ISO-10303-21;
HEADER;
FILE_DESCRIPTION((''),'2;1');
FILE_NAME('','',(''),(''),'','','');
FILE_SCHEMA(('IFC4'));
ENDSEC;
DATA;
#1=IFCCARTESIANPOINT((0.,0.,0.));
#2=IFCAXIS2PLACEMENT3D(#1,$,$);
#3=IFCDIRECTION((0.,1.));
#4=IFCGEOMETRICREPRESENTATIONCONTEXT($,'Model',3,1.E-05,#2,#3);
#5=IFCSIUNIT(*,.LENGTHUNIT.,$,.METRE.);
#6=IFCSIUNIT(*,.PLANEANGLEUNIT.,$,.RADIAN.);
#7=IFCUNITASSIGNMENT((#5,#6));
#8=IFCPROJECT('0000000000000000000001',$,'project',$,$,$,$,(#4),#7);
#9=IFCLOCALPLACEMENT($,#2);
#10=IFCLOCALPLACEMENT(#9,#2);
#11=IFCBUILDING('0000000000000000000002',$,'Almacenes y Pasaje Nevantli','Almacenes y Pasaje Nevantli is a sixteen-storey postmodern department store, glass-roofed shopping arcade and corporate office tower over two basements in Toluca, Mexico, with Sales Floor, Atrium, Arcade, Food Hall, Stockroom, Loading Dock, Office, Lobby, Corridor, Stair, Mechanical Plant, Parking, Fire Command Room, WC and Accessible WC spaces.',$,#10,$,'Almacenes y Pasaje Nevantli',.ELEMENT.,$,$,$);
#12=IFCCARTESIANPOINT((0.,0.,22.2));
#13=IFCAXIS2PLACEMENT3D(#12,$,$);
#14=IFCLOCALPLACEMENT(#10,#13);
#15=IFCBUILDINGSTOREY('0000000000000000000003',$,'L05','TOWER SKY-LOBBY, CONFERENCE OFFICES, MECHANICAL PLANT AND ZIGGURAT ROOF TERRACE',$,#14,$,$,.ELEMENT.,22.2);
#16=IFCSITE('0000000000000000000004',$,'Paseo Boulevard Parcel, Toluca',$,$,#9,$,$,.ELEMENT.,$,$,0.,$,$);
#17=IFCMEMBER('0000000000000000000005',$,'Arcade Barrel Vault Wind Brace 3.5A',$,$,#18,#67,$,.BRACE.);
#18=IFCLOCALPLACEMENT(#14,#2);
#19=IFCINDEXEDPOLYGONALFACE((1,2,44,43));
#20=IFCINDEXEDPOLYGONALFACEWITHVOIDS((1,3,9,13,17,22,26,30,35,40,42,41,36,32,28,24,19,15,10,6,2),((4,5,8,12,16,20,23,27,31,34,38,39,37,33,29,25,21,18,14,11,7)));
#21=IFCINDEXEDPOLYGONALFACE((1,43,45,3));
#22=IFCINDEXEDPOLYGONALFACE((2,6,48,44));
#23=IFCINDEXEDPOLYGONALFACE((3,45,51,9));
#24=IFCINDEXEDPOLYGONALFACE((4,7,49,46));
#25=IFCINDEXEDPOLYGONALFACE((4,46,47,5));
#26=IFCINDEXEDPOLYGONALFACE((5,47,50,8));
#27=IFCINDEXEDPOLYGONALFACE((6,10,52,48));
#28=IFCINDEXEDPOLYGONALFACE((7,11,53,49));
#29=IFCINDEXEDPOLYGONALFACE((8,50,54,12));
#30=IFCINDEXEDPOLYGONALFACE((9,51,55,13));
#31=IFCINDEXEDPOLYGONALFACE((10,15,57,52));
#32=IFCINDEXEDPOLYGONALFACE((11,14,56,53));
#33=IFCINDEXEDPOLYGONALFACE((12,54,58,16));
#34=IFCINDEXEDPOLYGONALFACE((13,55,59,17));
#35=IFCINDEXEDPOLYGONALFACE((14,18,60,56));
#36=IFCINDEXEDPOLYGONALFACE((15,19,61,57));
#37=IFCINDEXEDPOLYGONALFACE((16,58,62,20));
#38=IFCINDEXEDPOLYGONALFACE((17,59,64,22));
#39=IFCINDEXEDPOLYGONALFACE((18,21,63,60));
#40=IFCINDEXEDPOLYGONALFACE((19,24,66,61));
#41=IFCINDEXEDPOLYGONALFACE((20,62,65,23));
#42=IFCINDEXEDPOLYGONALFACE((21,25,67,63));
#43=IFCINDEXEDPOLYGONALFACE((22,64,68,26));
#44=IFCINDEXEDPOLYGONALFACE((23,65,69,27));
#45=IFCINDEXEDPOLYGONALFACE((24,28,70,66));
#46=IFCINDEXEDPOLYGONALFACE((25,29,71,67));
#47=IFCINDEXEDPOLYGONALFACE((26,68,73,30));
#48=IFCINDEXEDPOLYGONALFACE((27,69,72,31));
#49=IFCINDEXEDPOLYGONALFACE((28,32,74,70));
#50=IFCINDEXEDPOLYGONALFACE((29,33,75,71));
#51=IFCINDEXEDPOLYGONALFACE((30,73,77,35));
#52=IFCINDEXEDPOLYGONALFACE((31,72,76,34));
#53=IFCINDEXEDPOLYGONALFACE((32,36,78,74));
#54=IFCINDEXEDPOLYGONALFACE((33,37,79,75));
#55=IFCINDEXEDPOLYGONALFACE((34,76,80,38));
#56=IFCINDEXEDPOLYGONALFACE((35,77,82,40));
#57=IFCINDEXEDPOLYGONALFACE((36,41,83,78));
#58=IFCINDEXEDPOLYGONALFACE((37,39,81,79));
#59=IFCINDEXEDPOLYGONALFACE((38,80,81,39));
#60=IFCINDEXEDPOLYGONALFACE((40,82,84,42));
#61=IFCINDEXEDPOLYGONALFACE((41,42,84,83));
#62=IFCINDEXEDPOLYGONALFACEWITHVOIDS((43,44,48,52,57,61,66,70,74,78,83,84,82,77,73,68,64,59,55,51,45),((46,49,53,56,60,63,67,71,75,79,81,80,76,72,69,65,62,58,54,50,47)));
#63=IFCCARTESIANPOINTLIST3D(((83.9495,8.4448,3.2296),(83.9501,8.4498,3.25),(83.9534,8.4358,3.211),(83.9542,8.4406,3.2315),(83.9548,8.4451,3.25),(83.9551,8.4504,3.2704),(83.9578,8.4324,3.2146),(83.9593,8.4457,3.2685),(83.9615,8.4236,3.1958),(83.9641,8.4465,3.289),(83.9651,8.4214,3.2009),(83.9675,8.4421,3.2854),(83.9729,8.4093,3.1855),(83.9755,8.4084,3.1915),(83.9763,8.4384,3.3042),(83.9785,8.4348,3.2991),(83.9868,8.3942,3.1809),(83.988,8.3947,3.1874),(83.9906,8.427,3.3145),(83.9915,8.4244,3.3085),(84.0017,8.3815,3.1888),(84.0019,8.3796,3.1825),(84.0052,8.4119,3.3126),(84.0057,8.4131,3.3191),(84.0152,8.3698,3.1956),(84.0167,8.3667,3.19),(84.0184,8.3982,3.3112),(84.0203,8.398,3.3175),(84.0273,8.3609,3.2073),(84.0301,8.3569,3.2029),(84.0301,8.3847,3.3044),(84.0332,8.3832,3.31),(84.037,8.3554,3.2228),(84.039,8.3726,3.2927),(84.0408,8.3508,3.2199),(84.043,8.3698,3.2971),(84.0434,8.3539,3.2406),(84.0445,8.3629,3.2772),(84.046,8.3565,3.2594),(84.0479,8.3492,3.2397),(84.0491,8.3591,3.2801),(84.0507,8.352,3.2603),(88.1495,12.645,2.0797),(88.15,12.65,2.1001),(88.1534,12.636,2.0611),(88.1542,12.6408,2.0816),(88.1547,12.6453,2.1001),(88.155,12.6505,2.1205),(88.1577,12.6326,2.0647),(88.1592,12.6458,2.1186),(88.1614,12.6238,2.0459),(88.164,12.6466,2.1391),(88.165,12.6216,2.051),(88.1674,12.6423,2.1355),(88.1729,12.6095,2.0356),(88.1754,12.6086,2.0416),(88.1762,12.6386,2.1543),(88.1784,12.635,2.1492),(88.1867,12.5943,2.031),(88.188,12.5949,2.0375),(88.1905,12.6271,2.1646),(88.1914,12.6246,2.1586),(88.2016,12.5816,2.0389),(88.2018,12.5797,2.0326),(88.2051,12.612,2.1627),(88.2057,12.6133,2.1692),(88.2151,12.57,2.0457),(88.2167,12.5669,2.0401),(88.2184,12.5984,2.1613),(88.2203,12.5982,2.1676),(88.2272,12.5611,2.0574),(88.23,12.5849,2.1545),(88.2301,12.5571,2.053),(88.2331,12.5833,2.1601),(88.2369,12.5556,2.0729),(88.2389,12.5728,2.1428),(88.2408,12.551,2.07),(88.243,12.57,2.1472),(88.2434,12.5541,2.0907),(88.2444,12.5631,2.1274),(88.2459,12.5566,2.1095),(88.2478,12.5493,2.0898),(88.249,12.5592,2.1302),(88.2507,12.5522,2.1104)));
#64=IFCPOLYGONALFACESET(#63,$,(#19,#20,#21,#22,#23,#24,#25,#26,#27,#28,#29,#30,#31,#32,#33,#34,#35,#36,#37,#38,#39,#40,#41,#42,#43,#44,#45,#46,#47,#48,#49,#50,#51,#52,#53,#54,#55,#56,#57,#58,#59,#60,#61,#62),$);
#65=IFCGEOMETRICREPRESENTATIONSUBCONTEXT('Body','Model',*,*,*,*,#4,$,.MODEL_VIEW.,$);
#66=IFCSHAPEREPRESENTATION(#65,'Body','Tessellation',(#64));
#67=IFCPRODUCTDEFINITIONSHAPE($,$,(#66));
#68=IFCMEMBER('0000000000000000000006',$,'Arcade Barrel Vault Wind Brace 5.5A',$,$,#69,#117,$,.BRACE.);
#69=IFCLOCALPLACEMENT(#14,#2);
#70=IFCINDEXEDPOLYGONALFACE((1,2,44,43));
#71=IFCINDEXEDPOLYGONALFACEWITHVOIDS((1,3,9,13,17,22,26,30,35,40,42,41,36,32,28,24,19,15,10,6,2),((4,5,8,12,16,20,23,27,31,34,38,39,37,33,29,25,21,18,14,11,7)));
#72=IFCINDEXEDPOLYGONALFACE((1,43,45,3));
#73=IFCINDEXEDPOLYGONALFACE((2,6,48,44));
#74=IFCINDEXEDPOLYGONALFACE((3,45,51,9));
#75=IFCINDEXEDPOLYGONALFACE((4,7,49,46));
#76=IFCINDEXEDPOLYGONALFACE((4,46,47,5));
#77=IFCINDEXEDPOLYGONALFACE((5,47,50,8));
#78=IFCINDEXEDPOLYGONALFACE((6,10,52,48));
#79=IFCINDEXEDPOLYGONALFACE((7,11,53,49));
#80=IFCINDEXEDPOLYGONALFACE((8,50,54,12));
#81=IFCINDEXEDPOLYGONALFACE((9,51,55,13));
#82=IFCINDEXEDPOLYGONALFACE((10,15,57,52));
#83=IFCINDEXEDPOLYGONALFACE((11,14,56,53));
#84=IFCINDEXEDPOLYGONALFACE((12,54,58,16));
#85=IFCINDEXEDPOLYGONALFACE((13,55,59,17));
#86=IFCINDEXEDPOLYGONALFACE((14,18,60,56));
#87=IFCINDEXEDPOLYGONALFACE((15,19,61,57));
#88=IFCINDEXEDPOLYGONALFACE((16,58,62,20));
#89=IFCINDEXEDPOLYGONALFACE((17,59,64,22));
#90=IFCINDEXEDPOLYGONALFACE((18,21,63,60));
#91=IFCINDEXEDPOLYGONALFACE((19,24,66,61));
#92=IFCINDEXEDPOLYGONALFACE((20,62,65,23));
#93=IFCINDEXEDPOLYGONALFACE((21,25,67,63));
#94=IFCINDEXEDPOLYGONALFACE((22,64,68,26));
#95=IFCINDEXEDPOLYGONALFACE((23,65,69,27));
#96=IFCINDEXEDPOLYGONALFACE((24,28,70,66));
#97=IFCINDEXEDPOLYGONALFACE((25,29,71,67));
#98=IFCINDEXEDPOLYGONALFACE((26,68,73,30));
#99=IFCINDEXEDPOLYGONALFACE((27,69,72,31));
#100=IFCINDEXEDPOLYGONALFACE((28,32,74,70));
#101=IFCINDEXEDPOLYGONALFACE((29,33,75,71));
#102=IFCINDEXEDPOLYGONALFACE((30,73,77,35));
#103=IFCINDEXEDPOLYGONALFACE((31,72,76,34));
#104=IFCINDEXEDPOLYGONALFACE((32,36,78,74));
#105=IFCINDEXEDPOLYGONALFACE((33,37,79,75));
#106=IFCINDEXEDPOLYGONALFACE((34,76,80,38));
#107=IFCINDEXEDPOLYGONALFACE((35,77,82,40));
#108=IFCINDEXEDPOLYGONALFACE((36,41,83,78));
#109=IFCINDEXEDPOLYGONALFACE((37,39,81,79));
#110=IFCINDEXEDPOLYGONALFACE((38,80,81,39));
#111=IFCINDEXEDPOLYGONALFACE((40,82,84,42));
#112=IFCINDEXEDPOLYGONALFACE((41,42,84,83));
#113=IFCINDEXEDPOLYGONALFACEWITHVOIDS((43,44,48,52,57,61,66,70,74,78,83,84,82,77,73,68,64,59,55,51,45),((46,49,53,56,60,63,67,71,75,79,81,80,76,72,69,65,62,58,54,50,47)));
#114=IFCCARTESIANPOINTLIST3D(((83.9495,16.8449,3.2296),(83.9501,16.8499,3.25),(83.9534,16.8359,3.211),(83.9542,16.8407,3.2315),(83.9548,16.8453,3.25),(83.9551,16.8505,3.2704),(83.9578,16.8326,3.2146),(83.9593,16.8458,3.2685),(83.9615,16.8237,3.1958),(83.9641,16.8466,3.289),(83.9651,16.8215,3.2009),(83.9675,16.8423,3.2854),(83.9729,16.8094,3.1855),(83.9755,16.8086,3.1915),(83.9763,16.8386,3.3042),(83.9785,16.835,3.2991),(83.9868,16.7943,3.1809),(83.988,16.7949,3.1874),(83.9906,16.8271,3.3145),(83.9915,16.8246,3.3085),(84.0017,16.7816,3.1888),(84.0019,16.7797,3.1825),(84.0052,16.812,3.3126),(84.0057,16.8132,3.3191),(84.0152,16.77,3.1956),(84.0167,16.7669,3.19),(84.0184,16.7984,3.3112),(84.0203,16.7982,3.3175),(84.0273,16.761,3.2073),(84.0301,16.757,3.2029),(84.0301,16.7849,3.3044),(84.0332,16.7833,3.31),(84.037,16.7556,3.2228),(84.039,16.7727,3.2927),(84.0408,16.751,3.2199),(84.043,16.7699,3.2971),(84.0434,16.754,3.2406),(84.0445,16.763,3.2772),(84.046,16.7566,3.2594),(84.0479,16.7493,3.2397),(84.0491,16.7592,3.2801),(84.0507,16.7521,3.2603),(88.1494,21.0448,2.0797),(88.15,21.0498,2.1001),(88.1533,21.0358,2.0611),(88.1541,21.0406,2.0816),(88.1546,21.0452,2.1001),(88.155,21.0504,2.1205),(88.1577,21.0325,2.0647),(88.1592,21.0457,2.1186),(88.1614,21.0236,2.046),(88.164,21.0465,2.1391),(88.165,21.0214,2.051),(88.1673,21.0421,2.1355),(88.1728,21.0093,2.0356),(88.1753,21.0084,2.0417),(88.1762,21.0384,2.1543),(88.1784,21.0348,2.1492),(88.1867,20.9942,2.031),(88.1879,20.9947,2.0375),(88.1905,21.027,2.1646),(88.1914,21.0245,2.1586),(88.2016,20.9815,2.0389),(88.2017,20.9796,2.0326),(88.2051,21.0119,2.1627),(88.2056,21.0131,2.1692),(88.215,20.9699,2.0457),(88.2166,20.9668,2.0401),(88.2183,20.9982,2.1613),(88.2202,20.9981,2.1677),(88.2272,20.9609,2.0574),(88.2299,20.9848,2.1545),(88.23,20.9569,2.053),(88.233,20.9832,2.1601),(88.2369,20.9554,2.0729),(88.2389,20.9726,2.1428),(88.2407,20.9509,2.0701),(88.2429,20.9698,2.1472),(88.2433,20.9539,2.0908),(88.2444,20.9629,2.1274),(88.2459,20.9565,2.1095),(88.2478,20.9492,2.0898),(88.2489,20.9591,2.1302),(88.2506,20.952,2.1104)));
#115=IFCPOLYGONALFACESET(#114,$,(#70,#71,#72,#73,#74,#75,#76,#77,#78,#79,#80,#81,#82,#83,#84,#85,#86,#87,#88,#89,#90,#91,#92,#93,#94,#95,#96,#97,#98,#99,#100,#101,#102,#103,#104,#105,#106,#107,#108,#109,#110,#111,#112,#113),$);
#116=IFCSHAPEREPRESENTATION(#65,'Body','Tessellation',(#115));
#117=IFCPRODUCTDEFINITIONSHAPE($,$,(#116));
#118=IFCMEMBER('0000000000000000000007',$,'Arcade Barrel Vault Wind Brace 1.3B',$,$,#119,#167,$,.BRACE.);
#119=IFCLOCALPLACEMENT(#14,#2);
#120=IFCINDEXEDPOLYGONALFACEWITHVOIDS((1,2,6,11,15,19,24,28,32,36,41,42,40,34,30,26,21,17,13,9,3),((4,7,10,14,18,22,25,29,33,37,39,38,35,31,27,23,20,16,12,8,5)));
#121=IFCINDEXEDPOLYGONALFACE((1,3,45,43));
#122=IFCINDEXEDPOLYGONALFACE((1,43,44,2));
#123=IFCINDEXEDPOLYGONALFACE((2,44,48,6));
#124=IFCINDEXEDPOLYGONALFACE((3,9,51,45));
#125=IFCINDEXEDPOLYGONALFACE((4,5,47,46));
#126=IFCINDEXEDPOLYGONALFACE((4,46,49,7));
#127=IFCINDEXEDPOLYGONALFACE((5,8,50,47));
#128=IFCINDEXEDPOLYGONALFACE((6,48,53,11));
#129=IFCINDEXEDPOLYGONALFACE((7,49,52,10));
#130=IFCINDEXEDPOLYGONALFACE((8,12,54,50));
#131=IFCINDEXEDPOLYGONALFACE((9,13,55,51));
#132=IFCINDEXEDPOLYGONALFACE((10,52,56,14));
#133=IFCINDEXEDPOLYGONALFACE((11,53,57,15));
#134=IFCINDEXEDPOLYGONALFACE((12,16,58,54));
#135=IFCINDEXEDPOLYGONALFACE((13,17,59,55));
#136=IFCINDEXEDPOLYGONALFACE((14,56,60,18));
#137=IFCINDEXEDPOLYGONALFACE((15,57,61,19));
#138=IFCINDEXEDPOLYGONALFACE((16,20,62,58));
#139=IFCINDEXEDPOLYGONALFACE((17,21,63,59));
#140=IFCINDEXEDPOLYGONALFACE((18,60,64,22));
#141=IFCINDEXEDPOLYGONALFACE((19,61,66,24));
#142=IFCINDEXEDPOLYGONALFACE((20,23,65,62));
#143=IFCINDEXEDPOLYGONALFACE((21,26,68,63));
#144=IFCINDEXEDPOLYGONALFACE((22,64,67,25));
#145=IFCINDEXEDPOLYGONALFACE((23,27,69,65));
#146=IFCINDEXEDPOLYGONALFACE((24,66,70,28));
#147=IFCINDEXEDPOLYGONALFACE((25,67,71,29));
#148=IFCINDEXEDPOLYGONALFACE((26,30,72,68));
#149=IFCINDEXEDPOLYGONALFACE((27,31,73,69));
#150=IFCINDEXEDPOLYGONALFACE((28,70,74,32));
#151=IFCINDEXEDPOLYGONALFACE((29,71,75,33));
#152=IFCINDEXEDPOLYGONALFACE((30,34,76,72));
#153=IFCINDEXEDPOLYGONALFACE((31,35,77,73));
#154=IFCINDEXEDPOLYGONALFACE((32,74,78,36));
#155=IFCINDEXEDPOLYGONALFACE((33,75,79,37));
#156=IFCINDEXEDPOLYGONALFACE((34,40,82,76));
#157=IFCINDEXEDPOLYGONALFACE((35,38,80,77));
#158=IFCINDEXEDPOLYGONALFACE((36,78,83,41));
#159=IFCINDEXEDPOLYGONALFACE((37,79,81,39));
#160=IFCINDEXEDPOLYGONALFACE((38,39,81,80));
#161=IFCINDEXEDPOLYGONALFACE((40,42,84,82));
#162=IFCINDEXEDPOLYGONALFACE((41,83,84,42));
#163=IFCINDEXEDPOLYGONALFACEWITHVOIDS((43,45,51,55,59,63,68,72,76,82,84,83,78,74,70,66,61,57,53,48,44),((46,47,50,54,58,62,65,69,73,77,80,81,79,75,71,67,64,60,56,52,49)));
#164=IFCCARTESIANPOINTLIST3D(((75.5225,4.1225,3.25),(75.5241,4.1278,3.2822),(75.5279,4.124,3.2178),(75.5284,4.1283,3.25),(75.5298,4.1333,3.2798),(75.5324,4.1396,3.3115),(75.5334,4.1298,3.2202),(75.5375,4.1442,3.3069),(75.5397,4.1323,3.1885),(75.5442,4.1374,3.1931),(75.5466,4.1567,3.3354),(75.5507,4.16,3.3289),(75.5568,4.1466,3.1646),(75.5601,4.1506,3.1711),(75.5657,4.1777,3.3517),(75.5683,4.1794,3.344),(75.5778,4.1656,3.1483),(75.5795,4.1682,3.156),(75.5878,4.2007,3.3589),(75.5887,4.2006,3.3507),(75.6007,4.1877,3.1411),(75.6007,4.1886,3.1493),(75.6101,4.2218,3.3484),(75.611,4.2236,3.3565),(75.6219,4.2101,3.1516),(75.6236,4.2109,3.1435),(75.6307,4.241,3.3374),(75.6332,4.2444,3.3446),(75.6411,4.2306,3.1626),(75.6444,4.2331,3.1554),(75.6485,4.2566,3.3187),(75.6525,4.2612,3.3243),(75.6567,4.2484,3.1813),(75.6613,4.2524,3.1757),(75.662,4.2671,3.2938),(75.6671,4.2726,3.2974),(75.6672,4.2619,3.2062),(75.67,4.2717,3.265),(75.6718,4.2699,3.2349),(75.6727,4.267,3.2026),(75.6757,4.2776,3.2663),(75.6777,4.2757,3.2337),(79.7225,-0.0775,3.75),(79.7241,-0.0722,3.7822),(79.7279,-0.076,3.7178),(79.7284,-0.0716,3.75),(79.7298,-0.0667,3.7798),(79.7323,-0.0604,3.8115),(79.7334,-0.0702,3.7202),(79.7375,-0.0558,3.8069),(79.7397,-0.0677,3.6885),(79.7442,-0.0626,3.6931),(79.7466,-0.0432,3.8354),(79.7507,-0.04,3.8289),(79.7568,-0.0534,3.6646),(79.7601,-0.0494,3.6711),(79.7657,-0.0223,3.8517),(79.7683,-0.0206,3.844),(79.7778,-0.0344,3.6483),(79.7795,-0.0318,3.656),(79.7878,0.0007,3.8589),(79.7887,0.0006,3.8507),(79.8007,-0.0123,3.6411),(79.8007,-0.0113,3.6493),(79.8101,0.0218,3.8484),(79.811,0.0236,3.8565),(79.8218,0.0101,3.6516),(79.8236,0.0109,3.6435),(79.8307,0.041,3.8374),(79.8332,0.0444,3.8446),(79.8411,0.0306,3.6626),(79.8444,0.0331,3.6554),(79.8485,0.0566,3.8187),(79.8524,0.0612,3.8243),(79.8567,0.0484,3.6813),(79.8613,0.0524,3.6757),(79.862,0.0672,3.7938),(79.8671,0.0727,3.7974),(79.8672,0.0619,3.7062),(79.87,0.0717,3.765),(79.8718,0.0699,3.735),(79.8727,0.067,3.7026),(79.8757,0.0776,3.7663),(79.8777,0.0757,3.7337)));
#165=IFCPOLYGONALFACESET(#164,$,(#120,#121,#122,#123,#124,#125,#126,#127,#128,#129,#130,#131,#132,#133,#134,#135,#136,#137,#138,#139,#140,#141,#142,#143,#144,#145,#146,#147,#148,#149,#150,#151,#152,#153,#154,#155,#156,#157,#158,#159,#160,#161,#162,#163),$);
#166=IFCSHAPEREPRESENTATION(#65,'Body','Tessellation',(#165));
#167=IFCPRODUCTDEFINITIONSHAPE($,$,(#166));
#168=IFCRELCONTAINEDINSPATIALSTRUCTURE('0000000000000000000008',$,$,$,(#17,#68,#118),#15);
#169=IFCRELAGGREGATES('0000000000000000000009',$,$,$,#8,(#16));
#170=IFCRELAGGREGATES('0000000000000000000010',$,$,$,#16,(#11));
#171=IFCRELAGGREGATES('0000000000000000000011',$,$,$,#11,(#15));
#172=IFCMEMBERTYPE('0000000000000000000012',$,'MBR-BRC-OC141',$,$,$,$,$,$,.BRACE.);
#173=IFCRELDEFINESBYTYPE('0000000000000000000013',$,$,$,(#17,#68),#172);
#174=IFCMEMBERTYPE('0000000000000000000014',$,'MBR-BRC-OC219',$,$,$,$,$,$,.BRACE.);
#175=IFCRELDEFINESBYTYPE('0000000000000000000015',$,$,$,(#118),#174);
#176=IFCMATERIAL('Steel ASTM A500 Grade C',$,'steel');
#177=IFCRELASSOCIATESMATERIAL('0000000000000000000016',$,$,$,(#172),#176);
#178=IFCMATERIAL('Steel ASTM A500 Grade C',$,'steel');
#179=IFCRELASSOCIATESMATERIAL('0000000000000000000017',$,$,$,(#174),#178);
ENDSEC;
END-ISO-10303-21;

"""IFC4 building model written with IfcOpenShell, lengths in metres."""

from ifc_helpers import new_model, si_unit, direction, frame, origin, origin_2d, place, context, subcontext, project, spatial, hollow_circle, extrude, material, material_profile, profile_set, type_object, element, save


model = new_model("IFC4")

# Units and contexts
model_context = context("Model", 3, precision=1e-05, world=origin(), true_north=direction((0.0, 1.0)))
body_context = subcontext(model_context, "Body", "Model", "MODEL_VIEW")
ifc_project = project(units=[si_unit("LENGTHUNIT", "METRE"), si_unit("PLANEANGLEUNIT", "RADIAN")], contexts=[model_context])

# Site, building, storey
site_placement = place(None, origin())
site = spatial("IfcSite", under=ifc_project, at=site_placement, Name="Paseo Boulevard Parcel, Toluca", CompositionType="ELEMENT", RefElevation=0.0)
building_placement = place(site_placement, origin())
building = spatial("IfcBuilding", under=site, at=building_placement, Name="Almacenes y Pasaje Nevantli", Description="Almacenes y Pasaje Nevantli is a sixteen-storey postmodern department store, glass-roofed shopping arcade and corporate office tower over two basements in Toluca, Mexico, with Sales Floor, Atrium, Arcade, Food Hall, Stockroom, Loading Dock, Office, Lobby, Corridor, Stair, Mechanical Plant, Parking, Fire Command Room, WC and Accessible WC spaces.", LongName="Almacenes y Pasaje Nevantli", CompositionType="ELEMENT")
storey_placement = place(building_placement, frame((0.0, 0.0, 22.2)))
storey = spatial("IfcBuildingStorey", under=building, at=storey_placement, Name="L05", Description="TOWER SKY-LOBBY, CONFERENCE OFFICES, MECHANICAL PLANT AND ZIGGURAT ROOF TERRACE", CompositionType="ELEMENT", Elevation=22.2)

# Members
ifc_material_1 = material(Name="Steel ASTM A500 Grade C", Category="steel")
ifc_material_profile_1 = material_profile(ifc_material_1, hollow_circle(Radius=0.0706, WallThickness=0.0066, at=origin_2d()), Name="OC 141x6.6")
ifc_profile_set_1 = profile_set([ifc_material_profile_1], Name="Steel ASTM A500 Grade C")
member_type_1 = type_object("IfcMemberType", Name="MBR-BRC-OC141", PredefinedType="BRACE", material=ifc_profile_set_1)
member_1_placement = place(storey_placement, frame((84.0, 8.3999, 3.25), z_axis=(0.694197, 0.694238, -0.190064), x_axis=(-0.707127, 0.707086, 0.0)))
element("IfcMember", 1, at=member_1_placement, inside=storey, type_object=member_type_1, Name="Arcade Barrel Vault Wind Brace 3.5A", PredefinedType="BRACE", context=body_context, shape_type="SweptSolid", body=[
    extrude(hollow_circle(Radius=0.0706, WallThickness=0.0066, at=origin_2d()), origin(), (0.0, 0.0, 1.0), 6.05),
])
member_2_placement = place(storey_placement, frame((84.0, 16.8, 3.25), z_axis=(0.694217, 0.694217, -0.190069), x_axis=(-0.707107, 0.707107, 0.0)))
element("IfcMember", 2, at=member_2_placement, inside=storey, type_object=member_type_1, Name="Arcade Barrel Vault Wind Brace 5.5A", PredefinedType="BRACE", context=body_context, shape_type="SweptSolid", body=[
    extrude(hollow_circle(Radius=0.0706, WallThickness=0.0066, at=origin_2d()), origin(), (0.0, 0.0, 1.0), 6.0498),
])
ifc_material_2 = material(Name="Steel ASTM A500 Grade C", Category="steel")
ifc_material_profile_2 = material_profile(ifc_material_2, hollow_circle(Radius=0.1096, WallThickness=0.0083, at=origin_2d()), Name="OC 219x8.2")
ifc_profile_set_2 = profile_set([ifc_material_profile_2], Name="Steel ASTM A500 Grade C")
member_type_2 = type_object("IfcMemberType", Name="MBR-BRC-OC219", PredefinedType="BRACE", material=ifc_profile_set_2)
for number, where, z_axis, x_axis, name in (
    (3, (79.8, 0.0, 3.75), (-0.704615, 0.704615, -0.083884), (-0.707107, -0.707107, 0.0), "Arcade Barrel Vault Wind Brace 1.3B"),
):
    element("IfcMember", number, at=place(storey_placement, frame(where, z_axis=z_axis, x_axis=x_axis)), inside=storey, type_object=member_type_2, Name=name, PredefinedType="BRACE", context=body_context, shape_type="SweptSolid", body=[
        extrude(hollow_circle(Radius=0.1096, WallThickness=0.0083, at=origin_2d()), origin(), (0.0, 0.0, 1.0), 5.9607),
    ])

save(model, "model.ifc")
